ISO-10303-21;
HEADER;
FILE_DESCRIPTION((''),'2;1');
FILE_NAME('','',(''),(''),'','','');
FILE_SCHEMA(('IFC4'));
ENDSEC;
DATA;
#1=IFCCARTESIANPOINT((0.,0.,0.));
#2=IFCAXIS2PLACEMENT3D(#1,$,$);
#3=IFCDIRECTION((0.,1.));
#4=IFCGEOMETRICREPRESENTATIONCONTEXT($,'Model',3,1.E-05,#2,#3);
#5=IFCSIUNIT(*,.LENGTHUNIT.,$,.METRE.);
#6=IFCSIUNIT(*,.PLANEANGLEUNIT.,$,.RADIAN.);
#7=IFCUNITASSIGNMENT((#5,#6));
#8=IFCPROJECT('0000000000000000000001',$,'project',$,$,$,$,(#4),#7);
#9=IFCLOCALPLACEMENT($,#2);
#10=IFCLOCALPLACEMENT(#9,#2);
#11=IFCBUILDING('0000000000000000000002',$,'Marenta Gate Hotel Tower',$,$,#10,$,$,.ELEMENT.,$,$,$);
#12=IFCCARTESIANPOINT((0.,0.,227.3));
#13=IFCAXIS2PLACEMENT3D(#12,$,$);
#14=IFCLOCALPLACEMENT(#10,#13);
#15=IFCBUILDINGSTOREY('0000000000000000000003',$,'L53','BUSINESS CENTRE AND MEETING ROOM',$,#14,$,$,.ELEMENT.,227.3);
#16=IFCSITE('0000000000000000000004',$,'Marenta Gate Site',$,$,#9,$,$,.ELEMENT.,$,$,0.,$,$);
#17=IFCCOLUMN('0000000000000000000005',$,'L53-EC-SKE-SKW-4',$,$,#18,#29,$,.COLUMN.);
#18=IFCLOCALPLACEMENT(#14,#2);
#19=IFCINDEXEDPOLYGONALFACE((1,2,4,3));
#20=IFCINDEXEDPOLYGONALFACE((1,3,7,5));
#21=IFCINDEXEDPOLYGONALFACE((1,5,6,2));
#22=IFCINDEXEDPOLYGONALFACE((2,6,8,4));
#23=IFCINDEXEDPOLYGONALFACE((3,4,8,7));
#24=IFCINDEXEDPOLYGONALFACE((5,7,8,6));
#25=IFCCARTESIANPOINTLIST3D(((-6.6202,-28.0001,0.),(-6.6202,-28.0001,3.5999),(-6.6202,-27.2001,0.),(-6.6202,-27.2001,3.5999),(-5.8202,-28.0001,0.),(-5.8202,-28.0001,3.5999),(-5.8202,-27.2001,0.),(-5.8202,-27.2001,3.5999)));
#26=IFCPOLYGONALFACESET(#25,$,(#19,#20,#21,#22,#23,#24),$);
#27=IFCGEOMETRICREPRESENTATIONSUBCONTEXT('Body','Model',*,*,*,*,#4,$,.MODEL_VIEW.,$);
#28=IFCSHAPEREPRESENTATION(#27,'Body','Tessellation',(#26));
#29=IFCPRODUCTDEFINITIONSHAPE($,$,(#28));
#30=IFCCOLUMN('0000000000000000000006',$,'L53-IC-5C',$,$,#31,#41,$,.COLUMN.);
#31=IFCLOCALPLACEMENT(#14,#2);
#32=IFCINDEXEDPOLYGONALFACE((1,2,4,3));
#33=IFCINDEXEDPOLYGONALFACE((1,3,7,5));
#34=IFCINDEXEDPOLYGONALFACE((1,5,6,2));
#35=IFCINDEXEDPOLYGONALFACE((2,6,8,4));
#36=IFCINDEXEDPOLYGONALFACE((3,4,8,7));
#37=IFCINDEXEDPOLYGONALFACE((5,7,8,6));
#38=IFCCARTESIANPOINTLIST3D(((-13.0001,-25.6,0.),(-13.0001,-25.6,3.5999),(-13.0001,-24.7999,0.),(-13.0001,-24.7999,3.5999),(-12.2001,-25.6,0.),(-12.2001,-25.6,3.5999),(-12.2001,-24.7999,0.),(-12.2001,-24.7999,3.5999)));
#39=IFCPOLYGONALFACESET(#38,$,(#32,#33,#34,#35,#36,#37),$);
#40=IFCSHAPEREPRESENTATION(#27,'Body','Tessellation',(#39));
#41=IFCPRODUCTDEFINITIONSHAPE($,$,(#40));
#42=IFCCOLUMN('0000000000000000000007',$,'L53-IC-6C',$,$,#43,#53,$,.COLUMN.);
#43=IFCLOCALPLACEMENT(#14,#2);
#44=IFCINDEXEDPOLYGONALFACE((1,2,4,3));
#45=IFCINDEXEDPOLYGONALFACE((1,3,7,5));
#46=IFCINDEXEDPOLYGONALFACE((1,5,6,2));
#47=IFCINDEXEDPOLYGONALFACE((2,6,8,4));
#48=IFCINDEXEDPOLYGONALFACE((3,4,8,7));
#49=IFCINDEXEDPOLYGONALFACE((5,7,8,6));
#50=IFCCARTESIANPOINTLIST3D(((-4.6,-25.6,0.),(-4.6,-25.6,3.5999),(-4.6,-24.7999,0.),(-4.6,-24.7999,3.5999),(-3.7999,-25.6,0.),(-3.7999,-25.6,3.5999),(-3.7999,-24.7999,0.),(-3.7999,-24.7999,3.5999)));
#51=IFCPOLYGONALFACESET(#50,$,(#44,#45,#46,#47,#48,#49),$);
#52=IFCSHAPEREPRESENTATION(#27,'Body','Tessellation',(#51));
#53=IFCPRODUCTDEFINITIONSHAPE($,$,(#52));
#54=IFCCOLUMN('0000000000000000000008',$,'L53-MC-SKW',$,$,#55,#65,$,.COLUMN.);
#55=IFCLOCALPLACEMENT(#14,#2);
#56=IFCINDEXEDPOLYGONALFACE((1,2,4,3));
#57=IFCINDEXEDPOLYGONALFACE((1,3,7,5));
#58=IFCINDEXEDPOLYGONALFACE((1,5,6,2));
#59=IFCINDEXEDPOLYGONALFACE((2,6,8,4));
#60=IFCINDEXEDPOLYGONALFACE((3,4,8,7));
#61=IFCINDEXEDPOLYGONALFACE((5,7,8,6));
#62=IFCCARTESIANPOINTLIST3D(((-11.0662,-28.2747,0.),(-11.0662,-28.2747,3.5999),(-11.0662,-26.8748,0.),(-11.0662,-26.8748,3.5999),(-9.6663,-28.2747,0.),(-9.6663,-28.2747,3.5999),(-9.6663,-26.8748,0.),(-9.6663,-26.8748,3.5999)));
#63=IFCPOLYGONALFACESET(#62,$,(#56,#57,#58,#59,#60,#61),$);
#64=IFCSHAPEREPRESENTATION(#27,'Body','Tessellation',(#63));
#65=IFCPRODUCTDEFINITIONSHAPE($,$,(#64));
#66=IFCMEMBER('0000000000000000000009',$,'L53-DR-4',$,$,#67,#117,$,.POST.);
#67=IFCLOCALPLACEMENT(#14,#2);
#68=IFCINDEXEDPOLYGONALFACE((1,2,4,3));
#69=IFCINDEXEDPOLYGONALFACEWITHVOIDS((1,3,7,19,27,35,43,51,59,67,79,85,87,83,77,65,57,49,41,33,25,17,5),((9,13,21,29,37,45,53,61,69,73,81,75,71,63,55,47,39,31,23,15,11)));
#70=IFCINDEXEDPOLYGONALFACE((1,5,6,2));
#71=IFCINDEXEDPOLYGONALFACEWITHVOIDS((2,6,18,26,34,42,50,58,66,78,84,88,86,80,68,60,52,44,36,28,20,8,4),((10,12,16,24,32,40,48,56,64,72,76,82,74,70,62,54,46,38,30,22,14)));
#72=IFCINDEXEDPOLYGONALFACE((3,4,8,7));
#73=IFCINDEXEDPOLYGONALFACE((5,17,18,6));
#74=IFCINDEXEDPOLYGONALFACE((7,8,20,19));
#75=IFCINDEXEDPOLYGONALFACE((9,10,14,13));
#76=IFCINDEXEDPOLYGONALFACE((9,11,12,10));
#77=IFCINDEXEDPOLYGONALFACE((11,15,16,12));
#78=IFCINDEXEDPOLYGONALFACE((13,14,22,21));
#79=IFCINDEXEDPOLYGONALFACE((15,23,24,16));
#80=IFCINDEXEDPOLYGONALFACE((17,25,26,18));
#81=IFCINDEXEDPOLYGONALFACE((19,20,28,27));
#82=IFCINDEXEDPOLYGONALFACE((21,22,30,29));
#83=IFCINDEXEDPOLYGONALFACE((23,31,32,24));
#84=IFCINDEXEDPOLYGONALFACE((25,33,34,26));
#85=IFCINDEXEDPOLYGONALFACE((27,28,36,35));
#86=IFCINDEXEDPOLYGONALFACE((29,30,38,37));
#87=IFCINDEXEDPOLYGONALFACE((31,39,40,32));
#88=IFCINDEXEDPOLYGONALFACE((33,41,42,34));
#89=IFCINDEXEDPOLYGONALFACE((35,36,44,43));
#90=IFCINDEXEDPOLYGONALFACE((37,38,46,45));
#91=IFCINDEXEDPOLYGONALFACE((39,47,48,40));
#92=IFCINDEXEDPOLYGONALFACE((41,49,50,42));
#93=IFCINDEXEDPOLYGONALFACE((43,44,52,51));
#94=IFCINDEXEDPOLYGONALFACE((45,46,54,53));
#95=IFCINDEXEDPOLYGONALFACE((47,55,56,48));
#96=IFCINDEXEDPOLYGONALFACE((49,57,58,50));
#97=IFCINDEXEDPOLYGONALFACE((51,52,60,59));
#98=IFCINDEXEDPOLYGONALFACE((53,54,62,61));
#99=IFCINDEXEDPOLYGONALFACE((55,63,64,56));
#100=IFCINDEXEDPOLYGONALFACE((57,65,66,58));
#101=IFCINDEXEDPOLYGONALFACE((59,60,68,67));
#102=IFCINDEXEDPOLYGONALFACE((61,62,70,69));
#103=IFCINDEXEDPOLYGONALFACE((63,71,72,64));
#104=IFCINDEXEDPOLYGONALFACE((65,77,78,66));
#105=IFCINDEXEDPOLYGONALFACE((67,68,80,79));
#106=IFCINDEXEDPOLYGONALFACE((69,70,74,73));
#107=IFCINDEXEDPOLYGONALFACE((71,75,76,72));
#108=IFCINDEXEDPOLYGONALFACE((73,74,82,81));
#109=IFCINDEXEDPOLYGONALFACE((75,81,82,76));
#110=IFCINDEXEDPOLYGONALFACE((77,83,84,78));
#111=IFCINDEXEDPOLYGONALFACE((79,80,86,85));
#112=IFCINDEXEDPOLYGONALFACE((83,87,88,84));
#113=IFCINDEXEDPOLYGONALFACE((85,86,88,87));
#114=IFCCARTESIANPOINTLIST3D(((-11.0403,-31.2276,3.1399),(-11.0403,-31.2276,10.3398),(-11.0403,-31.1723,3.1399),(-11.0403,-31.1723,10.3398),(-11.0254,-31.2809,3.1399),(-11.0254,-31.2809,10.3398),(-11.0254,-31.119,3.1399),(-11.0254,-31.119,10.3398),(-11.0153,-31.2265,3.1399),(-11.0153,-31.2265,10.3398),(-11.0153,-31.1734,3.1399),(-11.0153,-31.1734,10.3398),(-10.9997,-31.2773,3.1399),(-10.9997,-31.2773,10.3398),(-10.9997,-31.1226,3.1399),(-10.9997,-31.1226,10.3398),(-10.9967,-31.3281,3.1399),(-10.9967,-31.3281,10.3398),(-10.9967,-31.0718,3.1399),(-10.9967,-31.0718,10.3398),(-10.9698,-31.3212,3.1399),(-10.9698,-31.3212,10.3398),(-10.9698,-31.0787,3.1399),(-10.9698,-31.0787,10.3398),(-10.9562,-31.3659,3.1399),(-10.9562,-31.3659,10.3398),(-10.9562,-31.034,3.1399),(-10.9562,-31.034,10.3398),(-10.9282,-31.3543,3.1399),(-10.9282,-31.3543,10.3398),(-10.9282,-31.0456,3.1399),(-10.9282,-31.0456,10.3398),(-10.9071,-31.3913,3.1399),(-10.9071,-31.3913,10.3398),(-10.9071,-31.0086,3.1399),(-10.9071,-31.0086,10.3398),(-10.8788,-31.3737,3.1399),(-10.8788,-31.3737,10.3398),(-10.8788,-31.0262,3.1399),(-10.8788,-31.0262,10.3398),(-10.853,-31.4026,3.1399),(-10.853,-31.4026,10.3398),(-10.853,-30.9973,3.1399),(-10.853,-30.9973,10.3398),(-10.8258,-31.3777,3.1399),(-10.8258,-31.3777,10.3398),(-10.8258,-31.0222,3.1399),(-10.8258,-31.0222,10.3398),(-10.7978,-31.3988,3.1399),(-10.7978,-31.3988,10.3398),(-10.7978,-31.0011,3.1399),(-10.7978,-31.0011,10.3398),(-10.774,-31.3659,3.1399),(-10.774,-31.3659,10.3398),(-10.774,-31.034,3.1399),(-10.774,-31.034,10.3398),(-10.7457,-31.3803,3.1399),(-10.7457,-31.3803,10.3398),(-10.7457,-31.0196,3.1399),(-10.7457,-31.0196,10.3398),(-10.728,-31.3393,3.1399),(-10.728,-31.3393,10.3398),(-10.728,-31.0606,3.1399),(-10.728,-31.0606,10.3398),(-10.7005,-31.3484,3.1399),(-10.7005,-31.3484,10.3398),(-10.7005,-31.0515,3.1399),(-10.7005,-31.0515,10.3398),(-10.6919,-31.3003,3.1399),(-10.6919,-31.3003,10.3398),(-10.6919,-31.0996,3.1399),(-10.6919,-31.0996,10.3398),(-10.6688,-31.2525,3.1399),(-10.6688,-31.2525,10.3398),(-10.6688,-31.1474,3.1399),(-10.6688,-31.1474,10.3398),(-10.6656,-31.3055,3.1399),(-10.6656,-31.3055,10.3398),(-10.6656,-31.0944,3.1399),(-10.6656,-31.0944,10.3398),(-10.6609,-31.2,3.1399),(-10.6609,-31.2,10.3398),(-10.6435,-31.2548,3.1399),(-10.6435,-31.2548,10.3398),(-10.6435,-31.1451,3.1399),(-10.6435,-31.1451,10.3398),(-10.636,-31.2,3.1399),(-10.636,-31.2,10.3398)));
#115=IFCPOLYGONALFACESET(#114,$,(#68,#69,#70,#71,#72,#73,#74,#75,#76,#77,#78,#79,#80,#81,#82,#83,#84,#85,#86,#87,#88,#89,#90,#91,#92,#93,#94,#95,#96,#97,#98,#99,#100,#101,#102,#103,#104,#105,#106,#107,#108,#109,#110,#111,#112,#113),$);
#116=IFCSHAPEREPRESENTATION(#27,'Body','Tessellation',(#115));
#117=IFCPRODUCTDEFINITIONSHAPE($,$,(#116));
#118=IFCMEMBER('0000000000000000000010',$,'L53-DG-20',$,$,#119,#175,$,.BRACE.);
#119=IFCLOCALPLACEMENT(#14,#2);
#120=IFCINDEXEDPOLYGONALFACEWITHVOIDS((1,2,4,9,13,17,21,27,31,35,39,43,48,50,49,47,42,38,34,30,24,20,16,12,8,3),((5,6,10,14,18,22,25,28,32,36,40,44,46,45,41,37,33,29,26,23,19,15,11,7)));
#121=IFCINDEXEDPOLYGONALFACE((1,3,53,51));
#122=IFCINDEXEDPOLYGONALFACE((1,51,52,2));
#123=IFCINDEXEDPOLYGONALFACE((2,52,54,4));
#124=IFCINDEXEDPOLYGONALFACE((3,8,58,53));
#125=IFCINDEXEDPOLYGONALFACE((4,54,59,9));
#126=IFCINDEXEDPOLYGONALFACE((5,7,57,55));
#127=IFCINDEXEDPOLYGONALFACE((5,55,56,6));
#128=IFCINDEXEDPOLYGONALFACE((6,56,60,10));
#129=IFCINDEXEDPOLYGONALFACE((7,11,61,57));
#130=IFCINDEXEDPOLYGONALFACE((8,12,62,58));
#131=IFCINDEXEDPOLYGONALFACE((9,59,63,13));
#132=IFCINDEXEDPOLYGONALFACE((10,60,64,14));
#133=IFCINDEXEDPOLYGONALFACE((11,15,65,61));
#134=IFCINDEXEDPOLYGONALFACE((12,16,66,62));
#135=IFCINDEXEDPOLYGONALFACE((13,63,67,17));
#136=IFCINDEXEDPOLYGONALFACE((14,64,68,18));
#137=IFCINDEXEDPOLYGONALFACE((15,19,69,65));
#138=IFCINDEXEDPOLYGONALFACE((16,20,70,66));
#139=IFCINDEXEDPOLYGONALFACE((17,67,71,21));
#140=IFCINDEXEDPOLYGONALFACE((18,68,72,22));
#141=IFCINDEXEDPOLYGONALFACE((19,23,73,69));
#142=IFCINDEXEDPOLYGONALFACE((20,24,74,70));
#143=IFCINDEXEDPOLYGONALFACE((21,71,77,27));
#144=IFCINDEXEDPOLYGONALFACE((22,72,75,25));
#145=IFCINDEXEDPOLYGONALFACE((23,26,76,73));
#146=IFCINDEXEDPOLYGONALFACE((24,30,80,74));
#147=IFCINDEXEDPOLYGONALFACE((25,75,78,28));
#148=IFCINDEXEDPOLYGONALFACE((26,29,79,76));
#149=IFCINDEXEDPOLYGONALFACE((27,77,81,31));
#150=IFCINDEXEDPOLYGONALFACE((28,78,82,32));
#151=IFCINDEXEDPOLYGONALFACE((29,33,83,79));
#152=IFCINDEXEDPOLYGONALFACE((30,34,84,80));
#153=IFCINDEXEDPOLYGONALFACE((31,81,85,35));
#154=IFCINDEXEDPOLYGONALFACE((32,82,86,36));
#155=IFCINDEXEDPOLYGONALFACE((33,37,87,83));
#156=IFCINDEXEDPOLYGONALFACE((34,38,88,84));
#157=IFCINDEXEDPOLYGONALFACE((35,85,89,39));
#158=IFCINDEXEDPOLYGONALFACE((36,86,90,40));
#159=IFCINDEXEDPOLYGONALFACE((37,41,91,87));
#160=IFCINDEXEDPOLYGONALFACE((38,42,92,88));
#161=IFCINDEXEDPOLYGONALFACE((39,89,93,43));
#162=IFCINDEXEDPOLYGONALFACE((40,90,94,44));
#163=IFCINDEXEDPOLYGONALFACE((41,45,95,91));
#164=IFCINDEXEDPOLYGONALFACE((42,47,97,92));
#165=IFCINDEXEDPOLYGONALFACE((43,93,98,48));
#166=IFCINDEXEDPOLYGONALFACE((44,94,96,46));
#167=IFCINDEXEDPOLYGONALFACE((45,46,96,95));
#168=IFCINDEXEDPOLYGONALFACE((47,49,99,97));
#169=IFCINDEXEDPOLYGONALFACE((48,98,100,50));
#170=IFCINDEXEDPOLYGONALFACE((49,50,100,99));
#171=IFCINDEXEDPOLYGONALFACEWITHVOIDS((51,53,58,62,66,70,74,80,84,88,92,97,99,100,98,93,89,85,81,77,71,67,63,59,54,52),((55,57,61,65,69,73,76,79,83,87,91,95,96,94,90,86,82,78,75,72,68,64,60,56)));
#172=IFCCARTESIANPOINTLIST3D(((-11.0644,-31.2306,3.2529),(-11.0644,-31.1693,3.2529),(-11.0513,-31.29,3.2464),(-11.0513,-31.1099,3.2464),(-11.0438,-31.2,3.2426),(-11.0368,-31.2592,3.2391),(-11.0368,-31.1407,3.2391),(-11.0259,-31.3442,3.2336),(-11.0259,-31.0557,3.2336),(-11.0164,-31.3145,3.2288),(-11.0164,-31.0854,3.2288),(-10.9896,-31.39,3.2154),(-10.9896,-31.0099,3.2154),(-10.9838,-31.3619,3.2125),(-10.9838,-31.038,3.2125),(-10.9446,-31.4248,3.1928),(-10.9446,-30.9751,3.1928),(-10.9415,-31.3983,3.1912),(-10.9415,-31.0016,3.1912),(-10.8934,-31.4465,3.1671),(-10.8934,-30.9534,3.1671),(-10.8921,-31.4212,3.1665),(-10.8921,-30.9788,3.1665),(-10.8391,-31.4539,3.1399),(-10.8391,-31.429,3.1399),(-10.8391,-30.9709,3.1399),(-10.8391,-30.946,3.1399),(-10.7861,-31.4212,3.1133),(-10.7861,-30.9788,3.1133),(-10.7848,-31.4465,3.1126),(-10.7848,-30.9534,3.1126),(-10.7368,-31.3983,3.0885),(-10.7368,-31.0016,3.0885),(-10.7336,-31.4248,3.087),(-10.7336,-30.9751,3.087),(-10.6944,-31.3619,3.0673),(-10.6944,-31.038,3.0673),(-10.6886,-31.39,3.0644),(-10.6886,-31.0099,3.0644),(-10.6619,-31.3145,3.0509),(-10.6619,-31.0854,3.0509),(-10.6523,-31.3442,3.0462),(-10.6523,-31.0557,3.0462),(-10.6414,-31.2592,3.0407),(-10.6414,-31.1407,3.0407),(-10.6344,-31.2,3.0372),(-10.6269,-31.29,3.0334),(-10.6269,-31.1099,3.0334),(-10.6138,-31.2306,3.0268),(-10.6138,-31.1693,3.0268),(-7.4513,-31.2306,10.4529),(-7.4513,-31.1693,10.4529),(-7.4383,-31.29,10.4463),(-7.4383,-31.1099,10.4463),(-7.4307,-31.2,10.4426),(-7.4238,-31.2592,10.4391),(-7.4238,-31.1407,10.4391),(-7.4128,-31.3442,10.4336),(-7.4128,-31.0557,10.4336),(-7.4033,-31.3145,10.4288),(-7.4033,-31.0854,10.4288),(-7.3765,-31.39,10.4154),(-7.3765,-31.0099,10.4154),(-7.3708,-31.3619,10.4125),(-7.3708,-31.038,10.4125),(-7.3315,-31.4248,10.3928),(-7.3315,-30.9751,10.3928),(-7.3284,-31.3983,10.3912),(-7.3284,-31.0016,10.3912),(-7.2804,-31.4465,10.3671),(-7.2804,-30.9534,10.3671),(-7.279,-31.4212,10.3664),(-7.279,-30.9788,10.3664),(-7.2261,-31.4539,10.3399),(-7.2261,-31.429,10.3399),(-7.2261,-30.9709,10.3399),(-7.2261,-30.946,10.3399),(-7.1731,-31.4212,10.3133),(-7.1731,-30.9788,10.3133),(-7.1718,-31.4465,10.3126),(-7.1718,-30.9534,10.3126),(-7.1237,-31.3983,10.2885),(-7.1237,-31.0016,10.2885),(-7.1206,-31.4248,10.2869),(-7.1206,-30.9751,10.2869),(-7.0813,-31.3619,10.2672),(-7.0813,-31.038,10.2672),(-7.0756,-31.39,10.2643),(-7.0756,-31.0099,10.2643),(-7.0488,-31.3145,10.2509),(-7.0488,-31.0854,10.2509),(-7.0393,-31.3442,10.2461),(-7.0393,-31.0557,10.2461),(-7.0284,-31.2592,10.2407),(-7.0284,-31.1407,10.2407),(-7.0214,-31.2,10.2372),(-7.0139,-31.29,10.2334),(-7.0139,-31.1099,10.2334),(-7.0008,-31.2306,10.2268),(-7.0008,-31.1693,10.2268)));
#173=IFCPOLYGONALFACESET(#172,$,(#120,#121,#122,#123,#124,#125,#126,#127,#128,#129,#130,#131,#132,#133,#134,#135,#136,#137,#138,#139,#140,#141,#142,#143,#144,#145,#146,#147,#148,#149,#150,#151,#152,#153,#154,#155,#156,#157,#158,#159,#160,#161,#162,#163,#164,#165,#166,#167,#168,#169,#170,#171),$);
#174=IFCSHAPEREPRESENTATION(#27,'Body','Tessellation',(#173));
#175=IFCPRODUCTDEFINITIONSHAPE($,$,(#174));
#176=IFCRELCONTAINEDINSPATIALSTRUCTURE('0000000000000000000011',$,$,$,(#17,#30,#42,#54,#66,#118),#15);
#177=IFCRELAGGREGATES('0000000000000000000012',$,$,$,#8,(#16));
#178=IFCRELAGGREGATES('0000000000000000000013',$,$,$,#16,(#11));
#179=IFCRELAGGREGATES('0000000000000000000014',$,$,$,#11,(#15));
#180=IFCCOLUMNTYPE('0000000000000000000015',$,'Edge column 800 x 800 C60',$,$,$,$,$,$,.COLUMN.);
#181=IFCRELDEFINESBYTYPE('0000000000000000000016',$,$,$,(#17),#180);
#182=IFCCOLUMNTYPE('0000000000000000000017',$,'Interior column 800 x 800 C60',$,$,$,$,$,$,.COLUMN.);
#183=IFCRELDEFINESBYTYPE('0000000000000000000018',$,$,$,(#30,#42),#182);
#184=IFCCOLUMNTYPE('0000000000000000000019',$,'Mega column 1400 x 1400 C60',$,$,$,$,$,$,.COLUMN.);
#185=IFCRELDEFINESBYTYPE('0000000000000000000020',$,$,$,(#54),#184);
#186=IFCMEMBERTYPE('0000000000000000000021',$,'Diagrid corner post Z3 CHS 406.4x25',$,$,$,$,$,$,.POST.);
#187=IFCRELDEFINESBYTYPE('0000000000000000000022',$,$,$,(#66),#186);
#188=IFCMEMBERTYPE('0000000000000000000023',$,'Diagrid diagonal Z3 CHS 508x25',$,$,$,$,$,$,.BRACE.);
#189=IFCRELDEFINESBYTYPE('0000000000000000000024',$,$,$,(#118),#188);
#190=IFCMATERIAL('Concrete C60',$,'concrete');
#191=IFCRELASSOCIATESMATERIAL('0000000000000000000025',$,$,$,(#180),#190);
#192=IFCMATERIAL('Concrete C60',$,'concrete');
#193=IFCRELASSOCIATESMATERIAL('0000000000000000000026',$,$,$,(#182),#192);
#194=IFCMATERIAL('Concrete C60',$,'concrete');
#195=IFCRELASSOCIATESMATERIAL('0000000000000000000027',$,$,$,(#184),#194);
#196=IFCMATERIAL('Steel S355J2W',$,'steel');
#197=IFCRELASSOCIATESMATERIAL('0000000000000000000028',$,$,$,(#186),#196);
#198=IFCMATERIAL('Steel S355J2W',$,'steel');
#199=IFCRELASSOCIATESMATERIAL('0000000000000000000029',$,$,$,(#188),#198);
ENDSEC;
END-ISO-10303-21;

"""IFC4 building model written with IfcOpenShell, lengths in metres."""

from ifc_helpers import new_model, si_unit, direction, frame, origin, origin_2d, place, context, subcontext, project, spatial, rectangle, hollow_circle, extrude, material, material_profile, profile_set, type_object, element, save


model = new_model("IFC4")

# Units and contexts
model_context = context("Model", 3, precision=1e-05, world=origin(), true_north=direction((0.0, 1.0)))
body_context = subcontext(model_context, "Body", "Model", "MODEL_VIEW")
ifc_project = project(units=[si_unit("LENGTHUNIT", "METRE"), si_unit("PLANEANGLEUNIT", "RADIAN")], contexts=[model_context])

# Site, building, storey
site_placement = place(None, origin())
site = spatial("IfcSite", under=ifc_project, at=site_placement, Name="Marenta Gate Site", CompositionType="ELEMENT", RefElevation=0.0)
building_placement = place(site_placement, origin())
building = spatial("IfcBuilding", under=site, at=building_placement, Name="Marenta Gate Hotel Tower", CompositionType="ELEMENT")
storey_placement = place(building_placement, frame((0.0, 0.0, 227.3)))
storey = spatial("IfcBuildingStorey", under=building, at=storey_placement, Name="L53", Description="BUSINESS CENTRE AND MEETING ROOM", CompositionType="ELEMENT", Elevation=227.3)

# Columns
ifc_material_1 = material(Name="Concrete C60", Category="concrete")
ifc_material_profile_1 = material_profile(ifc_material_1, rectangle(XDim=0.8, YDim=0.8, at=origin_2d()), Name="800 x 800")
ifc_profile_set_1 = profile_set([ifc_material_profile_1], Name="Concrete C60")
column_type_1 = type_object("IfcColumnType", Name="Edge column 800 x 800 C60", PredefinedType="COLUMN", material=ifc_profile_set_1)
column_1_placement = place(storey_placement, frame((-6.2202, -27.6001, 0.0), z_axis=(0.0, 0.0, 1.0), x_axis=(1.0, 0.0, 0.0)))
element("IfcColumn", 1, at=column_1_placement, inside=storey, type_object=column_type_1, Name="L53-EC-SKE-SKW-4", PredefinedType="COLUMN", context=body_context, shape_type="SweptSolid", body=[
    extrude(rectangle(XDim=0.8, YDim=0.8, at=origin_2d()), origin(), (0.0, 0.0, 1.0), 3.5999),
])
ifc_material_2 = material(Name="Concrete C60", Category="concrete")
ifc_material_profile_2 = material_profile(ifc_material_2, rectangle(XDim=0.8, YDim=0.8, at=origin_2d()), Name="800 x 800")
ifc_profile_set_2 = profile_set([ifc_material_profile_2], Name="Concrete C60")
column_type_2 = type_object("IfcColumnType", Name="Interior column 800 x 800 C60", PredefinedType="COLUMN", material=ifc_profile_set_2)
for number, where, z_axis, x_axis, name in (
    (2, (-12.6001, -25.2, 0.0), (0.0, 0.0, 1.0), (1.0, 0.0, 0.0), "L53-IC-5C"),
    (3, (-4.2, -25.2, 0.0), (0.0, 0.0, 1.0), (1.0, 0.0, 0.0), "L53-IC-6C"),
):
    element("IfcColumn", number, at=place(storey_placement, frame(where, z_axis=z_axis, x_axis=x_axis)), inside=storey, type_object=column_type_2, Name=name, PredefinedType="COLUMN", context=body_context, shape_type="SweptSolid", body=[
        extrude(rectangle(XDim=0.8, YDim=0.8, at=origin_2d()), origin(), (0.0, 0.0, 1.0), 3.5999),
    ])
ifc_material_3 = material(Name="Concrete C60", Category="concrete")
ifc_material_profile_3 = material_profile(ifc_material_3, rectangle(XDim=1.3999, YDim=1.3999, at=origin_2d()), Name="1400 x 1400")
ifc_profile_set_3 = profile_set([ifc_material_profile_3], Name="Concrete C60")
column_type_3 = type_object("IfcColumnType", Name="Mega column 1400 x 1400 C60", PredefinedType="COLUMN", material=ifc_profile_set_3)
column_2_placement = place(storey_placement, frame((-10.3662, -27.5747, 0.0), z_axis=(0.0, 0.0, 1.0), x_axis=(1.0, 0.0, 0.0)))
element("IfcColumn", 4, at=column_2_placement, inside=storey, type_object=column_type_3, Name="L53-MC-SKW", PredefinedType="COLUMN", context=body_context, shape_type="SweptSolid", body=[
    extrude(rectangle(XDim=1.3999, YDim=1.3999, at=origin_2d()), origin(), (0.0, 0.0, 1.0), 3.5999),
])

# Members
ifc_material_4 = material(Name="Steel S355J2W", Category="steel")
ifc_material_profile_4 = material_profile(ifc_material_4, hollow_circle(Radius=0.2031, WallThickness=0.0249, at=origin_2d()), Name="CHS 406.4x25")
ifc_profile_set_4 = profile_set([ifc_material_profile_4], Name="Steel S355J2W")
member_type_1 = type_object("IfcMemberType", Name="Diagrid corner post Z3 CHS 406.4x25", PredefinedType="POST", material=ifc_profile_set_4)
member_1_placement = place(storey_placement, frame((-10.8391, -31.2, 3.1399), z_axis=(0.0, 0.0, 1.0), x_axis=(1.0, 0.0, 0.0)))
element("IfcMember", 5, at=member_1_placement, inside=storey, type_object=member_type_1, Name="L53-DR-4", PredefinedType="POST", context=body_context, shape_type="SweptSolid", body=[
    extrude(hollow_circle(Radius=0.2031, WallThickness=0.0249, at=origin_2d()), origin(), (0.0, 0.0, 1.0), 7.2),
])
ifc_material_5 = material(Name="Steel S355J2W", Category="steel")
ifc_material_profile_5 = material_profile(ifc_material_5, hollow_circle(Radius=0.2539, WallThickness=0.0249, at=origin_2d()), Name="CHS 508x25")
ifc_profile_set_5 = profile_set([ifc_material_profile_5], Name="Steel S355J2W")
member_type_2 = type_object("IfcMemberType", Name="Diagrid diagonal Z3 CHS 508x25", PredefinedType="BRACE", material=ifc_profile_set_5)
member_2_placement = place(storey_placement, frame((-10.8391, -31.2, 3.1399), z_axis=(0.44851, 0.0, 0.893778), x_axis=(0.0, 1.0, 0.0)))
element("IfcMember", 6, at=member_2_placement, inside=storey, type_object=member_type_2, Name="L53-DG-20", PredefinedType="BRACE", context=body_context, shape_type="SweptSolid", body=[
    extrude(hollow_circle(Radius=0.2539, WallThickness=0.0249, at=origin_2d()), origin(), (0.0, 0.0, 1.0), 8.0557),
])

save(model, "model.ifc")
